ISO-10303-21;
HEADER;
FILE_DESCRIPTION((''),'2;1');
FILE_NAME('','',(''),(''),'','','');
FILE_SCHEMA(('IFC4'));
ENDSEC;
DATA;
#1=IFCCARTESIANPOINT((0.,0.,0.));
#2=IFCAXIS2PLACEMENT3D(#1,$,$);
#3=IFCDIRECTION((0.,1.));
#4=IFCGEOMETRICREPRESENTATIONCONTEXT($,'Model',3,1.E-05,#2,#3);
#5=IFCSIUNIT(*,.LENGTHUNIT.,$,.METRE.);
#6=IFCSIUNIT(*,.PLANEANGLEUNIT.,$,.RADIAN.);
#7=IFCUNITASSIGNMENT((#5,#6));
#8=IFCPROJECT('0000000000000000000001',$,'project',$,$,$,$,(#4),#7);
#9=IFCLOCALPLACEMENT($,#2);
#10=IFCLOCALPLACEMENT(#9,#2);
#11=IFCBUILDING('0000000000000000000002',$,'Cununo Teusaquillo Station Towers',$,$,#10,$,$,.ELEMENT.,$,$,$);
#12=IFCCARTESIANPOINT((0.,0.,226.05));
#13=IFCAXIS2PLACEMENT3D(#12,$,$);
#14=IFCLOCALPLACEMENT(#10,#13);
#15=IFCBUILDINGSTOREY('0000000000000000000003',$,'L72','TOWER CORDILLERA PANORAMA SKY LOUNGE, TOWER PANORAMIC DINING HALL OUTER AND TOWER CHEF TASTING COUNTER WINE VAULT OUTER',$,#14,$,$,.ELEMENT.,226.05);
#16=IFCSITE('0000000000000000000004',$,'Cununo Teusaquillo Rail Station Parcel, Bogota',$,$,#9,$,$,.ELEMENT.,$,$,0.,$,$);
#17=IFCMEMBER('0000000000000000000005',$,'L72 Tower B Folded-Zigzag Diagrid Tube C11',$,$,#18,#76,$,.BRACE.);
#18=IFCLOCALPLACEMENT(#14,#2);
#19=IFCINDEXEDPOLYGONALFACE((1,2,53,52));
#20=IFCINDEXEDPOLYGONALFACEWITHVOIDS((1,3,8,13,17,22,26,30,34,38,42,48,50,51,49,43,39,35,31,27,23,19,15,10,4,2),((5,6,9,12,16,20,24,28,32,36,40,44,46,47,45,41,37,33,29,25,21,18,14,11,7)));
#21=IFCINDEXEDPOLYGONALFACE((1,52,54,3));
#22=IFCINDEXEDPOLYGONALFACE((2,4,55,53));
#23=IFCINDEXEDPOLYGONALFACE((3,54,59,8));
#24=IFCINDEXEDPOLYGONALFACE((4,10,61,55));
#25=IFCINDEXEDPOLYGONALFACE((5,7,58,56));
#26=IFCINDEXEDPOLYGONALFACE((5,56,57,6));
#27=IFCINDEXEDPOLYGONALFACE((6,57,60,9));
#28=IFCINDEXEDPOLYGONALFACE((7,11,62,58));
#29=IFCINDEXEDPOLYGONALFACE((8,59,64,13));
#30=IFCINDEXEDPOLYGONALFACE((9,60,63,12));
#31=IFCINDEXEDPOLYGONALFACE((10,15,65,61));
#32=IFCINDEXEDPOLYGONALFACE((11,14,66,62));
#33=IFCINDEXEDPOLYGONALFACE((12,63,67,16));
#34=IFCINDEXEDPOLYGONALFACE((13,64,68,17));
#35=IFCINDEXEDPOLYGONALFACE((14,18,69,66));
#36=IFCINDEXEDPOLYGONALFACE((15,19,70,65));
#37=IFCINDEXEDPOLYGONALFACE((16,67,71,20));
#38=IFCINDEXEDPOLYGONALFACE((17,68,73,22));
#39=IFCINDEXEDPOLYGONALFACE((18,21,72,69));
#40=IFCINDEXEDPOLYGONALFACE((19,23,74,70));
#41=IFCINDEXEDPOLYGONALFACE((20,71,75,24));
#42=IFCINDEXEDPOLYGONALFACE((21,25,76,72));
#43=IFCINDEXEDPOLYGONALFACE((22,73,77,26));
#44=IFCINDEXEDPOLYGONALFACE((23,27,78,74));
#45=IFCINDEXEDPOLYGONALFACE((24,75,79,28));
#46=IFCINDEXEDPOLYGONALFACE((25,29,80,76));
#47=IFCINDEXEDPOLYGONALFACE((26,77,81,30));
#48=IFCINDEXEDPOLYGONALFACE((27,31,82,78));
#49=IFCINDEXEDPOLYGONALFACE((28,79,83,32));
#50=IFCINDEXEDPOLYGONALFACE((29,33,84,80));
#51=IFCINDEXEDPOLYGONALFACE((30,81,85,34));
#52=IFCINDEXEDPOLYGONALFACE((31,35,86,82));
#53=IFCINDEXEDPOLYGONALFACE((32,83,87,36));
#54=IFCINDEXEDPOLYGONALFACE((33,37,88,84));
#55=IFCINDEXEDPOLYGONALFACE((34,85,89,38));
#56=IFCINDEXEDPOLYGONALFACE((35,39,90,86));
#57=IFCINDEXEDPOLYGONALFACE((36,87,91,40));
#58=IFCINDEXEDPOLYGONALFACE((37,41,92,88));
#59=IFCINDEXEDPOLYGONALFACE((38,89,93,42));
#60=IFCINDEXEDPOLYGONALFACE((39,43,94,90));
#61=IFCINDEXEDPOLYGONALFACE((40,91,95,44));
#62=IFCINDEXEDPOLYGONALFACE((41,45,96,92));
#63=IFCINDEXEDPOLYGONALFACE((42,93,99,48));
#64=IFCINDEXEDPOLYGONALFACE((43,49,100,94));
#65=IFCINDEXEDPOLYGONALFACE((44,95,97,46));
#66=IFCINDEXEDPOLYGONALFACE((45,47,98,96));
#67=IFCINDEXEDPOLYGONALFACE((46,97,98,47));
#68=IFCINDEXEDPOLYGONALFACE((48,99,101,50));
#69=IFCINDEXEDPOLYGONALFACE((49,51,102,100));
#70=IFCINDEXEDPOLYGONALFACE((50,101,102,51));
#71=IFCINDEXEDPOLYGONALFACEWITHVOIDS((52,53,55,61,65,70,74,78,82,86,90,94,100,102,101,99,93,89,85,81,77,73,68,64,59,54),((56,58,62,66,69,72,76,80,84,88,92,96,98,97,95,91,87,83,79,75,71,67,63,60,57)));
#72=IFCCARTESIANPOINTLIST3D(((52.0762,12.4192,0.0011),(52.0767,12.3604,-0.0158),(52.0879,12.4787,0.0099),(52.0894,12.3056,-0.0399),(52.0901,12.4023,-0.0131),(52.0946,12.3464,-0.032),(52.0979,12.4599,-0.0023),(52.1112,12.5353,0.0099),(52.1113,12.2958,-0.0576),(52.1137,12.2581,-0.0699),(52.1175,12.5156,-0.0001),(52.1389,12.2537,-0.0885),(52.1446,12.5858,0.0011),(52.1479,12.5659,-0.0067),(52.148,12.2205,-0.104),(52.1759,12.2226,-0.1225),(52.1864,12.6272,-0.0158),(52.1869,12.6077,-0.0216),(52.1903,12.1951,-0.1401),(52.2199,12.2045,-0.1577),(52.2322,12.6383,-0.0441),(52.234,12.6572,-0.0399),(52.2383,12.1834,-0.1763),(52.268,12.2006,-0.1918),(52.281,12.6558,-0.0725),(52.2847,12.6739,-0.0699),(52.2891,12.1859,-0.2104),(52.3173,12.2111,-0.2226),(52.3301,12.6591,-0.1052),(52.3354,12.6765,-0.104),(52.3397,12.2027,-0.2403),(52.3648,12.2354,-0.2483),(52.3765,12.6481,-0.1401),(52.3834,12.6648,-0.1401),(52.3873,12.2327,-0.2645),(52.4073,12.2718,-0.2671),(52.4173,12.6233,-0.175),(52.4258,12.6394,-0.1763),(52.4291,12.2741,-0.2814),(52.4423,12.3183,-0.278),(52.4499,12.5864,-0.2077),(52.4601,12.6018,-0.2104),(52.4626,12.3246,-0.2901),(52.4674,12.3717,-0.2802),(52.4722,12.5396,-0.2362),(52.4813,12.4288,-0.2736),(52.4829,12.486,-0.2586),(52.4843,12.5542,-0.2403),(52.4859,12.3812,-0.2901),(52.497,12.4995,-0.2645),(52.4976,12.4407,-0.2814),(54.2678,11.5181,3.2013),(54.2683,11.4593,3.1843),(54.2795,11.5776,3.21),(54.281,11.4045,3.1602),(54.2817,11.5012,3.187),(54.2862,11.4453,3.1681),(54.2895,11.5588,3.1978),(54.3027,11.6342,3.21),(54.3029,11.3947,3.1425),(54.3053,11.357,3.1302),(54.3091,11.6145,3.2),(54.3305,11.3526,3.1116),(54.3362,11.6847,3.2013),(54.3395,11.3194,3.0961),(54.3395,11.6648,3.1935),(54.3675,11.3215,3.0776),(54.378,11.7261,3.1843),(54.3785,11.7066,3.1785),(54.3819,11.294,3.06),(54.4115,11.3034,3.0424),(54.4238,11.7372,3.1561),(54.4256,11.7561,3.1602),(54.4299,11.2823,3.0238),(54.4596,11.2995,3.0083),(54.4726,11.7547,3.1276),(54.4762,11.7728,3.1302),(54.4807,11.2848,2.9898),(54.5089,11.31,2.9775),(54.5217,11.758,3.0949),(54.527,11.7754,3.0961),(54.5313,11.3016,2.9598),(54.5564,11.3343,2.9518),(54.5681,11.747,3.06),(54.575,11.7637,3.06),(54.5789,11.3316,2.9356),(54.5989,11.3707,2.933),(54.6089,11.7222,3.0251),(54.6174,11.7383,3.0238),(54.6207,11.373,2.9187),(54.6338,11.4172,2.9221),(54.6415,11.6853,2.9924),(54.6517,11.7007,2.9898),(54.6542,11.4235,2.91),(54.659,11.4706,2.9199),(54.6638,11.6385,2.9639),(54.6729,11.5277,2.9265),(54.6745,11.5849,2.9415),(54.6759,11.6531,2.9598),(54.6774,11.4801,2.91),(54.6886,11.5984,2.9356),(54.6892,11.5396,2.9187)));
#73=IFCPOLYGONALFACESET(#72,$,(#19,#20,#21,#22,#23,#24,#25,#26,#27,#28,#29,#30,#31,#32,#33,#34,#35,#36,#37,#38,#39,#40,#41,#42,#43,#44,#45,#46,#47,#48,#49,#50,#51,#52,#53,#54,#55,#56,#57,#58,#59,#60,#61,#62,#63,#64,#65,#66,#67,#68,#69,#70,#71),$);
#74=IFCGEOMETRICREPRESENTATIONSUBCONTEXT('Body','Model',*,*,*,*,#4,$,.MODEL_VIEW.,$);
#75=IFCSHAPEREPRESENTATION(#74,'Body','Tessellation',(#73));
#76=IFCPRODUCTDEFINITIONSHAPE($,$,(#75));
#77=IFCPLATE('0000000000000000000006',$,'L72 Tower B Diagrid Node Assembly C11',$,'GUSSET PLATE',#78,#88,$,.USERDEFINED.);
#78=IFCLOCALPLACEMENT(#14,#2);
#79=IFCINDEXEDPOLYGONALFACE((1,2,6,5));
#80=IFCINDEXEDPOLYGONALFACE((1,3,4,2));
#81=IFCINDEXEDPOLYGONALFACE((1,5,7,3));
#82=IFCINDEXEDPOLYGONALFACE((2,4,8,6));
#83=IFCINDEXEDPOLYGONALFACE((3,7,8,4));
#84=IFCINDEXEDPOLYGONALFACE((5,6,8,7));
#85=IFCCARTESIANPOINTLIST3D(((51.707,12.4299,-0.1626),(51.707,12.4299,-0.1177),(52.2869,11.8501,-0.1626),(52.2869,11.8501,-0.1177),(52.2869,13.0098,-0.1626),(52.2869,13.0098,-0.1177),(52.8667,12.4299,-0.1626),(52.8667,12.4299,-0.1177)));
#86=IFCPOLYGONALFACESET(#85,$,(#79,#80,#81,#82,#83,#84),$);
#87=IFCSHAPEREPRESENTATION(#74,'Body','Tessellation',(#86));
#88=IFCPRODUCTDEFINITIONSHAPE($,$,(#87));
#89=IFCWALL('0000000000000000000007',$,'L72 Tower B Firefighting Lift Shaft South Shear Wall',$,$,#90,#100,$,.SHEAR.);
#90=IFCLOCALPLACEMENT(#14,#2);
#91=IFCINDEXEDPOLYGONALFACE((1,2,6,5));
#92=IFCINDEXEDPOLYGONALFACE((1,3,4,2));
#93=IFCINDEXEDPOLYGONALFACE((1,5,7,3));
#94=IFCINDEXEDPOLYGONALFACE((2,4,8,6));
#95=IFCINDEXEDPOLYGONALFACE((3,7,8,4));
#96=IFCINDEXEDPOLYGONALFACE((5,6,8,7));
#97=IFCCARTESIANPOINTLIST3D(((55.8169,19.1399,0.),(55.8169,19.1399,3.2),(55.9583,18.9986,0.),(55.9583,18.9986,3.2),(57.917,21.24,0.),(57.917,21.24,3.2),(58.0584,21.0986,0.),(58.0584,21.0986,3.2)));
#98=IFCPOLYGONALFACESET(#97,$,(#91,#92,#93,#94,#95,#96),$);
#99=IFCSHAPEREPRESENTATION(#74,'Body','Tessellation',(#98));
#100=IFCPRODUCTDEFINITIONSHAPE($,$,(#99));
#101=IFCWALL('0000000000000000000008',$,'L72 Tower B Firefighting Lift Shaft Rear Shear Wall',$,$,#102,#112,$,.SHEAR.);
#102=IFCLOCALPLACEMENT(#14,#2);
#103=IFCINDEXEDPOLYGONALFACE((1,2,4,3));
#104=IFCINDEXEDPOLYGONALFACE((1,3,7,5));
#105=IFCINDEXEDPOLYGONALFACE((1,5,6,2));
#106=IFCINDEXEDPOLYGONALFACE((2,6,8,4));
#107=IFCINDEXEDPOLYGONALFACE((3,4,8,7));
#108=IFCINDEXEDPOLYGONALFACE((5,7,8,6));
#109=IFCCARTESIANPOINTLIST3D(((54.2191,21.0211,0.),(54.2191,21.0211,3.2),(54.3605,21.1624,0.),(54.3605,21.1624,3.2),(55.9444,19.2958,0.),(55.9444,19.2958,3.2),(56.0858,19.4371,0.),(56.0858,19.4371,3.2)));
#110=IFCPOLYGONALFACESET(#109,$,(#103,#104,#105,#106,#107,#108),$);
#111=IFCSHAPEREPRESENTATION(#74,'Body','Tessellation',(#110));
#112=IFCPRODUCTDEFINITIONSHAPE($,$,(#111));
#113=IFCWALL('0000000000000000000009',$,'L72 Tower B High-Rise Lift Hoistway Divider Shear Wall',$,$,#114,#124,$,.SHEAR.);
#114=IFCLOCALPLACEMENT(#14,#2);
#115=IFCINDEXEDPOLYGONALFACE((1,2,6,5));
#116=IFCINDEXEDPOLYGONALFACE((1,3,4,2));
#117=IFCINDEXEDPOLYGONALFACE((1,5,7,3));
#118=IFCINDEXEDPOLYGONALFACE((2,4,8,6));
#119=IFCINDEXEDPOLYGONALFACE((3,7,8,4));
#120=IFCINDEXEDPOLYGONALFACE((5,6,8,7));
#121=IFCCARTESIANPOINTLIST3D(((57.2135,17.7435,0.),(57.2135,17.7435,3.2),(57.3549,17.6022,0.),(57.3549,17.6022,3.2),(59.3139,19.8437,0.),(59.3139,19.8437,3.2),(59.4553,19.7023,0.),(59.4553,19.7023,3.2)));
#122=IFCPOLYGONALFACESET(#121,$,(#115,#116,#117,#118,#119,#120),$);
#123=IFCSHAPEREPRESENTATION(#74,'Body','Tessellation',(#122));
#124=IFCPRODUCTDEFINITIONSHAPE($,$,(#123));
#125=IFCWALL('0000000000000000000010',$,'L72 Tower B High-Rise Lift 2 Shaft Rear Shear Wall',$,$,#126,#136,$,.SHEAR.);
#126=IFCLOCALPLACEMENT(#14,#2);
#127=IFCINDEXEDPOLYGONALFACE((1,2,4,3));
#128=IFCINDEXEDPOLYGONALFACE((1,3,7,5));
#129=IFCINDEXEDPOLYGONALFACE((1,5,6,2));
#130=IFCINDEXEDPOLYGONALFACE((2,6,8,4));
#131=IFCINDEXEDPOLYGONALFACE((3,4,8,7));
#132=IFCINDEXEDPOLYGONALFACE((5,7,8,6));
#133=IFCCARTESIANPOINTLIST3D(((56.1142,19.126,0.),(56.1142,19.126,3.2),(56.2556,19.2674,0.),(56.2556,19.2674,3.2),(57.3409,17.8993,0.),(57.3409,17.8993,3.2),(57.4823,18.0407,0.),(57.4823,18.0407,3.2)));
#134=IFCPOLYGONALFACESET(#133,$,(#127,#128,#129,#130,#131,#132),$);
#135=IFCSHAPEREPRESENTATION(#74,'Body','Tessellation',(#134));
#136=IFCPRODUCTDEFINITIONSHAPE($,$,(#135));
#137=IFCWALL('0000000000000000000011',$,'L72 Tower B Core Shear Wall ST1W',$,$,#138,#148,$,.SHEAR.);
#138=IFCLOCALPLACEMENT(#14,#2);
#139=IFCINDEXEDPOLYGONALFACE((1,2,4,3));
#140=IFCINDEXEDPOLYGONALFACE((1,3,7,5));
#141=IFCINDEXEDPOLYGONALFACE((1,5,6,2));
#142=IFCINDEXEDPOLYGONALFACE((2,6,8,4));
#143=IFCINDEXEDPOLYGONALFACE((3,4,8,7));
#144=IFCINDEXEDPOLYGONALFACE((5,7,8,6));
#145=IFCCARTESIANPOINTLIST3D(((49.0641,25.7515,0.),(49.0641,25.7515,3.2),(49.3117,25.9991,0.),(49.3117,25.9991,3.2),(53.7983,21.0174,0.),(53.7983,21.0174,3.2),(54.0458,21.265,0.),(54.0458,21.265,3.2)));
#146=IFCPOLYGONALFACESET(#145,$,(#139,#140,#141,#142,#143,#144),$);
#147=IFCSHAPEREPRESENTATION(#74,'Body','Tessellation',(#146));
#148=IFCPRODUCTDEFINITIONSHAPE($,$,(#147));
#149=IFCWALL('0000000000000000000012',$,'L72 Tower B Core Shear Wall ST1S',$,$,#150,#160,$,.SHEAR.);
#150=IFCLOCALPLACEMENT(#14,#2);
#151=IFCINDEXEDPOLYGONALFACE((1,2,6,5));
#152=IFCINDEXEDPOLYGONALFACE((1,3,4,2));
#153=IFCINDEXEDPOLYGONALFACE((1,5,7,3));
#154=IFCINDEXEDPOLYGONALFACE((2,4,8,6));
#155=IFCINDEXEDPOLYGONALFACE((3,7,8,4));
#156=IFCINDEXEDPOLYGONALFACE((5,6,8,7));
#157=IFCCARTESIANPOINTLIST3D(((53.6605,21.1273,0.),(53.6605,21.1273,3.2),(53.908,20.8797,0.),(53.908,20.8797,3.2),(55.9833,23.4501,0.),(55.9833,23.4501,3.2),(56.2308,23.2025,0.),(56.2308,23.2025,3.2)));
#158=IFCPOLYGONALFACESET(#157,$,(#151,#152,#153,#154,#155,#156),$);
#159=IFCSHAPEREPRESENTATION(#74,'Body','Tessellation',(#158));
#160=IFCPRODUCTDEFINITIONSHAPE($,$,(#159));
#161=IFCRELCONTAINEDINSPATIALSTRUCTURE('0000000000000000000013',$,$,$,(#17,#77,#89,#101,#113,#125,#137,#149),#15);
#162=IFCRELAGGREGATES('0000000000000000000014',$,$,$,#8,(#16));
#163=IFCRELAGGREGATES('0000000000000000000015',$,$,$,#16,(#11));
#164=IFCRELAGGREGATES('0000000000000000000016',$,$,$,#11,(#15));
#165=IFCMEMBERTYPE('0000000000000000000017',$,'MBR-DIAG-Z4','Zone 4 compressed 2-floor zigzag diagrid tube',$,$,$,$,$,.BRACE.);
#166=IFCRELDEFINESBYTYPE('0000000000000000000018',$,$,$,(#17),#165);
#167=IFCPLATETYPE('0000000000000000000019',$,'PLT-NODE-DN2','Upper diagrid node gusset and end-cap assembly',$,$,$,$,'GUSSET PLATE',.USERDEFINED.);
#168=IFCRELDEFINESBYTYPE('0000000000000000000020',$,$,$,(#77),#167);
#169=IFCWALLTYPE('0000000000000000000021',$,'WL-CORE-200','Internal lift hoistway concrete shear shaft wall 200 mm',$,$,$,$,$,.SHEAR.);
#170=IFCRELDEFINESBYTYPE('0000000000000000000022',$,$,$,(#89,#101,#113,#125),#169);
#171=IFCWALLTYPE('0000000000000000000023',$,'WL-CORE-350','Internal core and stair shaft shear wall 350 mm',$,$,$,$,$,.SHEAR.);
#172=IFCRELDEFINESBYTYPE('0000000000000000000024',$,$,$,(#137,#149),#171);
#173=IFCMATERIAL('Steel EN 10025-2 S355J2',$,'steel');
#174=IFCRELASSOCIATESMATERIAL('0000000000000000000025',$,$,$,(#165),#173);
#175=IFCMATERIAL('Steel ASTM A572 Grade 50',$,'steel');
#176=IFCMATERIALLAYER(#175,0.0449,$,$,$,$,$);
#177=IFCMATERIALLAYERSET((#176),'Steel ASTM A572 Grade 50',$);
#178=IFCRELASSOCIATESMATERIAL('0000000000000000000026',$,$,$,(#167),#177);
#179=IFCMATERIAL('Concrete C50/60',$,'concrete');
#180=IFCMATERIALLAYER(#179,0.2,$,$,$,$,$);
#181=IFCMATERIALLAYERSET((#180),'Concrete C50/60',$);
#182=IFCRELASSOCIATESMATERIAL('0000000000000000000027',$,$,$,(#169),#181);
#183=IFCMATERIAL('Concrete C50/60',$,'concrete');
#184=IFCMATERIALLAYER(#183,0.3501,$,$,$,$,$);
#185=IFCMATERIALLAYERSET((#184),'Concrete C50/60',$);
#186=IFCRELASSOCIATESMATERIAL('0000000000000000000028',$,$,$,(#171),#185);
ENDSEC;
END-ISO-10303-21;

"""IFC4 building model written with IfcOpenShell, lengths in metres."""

from ifc_helpers import new_model, si_unit, direction, frame, frame_2d, origin, origin_2d, place, context, subcontext, project, spatial, rectangle, hollow_circle, extrude, source, transform, mapped, material, layer, layer_set, material_profile, profile_set, type_object, element, save


model = new_model("IFC4")

# Units and contexts
model_context = context("Model", 3, precision=1e-05, world=origin(), true_north=direction((0.0, 1.0)))
body_context = subcontext(model_context, "Body", "Model", "MODEL_VIEW")
ifc_project = project(units=[si_unit("LENGTHUNIT", "METRE"), si_unit("PLANEANGLEUNIT", "RADIAN")], contexts=[model_context])

# Site, building, storey
site_placement = place(None, origin())
site = spatial("IfcSite", under=ifc_project, at=site_placement, Name="Cununo Teusaquillo Rail Station Parcel, Bogota", CompositionType="ELEMENT", RefElevation=0.0)
building_placement = place(site_placement, origin())
building = spatial("IfcBuilding", under=site, at=building_placement, Name="Cununo Teusaquillo Station Towers", CompositionType="ELEMENT")
storey_placement = place(building_placement, frame((0.0, 0.0, 226.05)))
storey = spatial("IfcBuildingStorey", under=building, at=storey_placement, Name="L72", Description="TOWER CORDILLERA PANORAMA SKY LOUNGE, TOWER PANORAMIC DINING HALL OUTER AND TOWER CHEF TASTING COUNTER WINE VAULT OUTER", CompositionType="ELEMENT", Elevation=226.05)

# Member
ifc_material_1 = material(Name="Steel EN 10025-2 S355J2", Category="steel")
ifc_material_profile_1 = material_profile(ifc_material_1, hollow_circle(Radius=0.2539, WallThickness=0.0181, at=origin_2d()), Name="CHS 508x18")
ifc_profile_set_1 = profile_set([ifc_material_profile_1], Name="Steel EN 10025-2 S355J2")
member_type = type_object("IfcMemberType", Name="MBR-DIAG-Z4", Description="Zone 4 compressed 2-floor zigzag diagrid tube", PredefinedType="BRACE", material=ifc_profile_set_1)
member_placement = place(storey_placement, frame((52.2869, 12.4299, -0.1401), z_axis=(0.550384, -0.226297, 0.803658), x_axis=(0.380273, 0.924874, 0.0)))
element("IfcMember", 1, at=member_placement, inside=storey, type_object=member_type, Name="L72 Tower B Folded-Zigzag Diagrid Tube C11", PredefinedType="BRACE", context=body_context, shape_type="SweptSolid", body=[
    extrude(hollow_circle(Radius=0.2539, WallThickness=0.0181, at=origin_2d()), origin(), (0.0, 0.0, 1.0), 3.9819),
])

# Plate
ifc_material_2 = material(Name="Steel ASTM A572 Grade 50", Category="steel")
ifc_layer_1 = layer(ifc_material_2, 0.0449)
ifc_layer_set_1 = layer_set([ifc_layer_1], Name="Steel ASTM A572 Grade 50")
plate_type = type_object("IfcPlateType", Name="PLT-NODE-DN2", Description="Upper diagrid node gusset and end-cap assembly", ElementType="GUSSET PLATE", PredefinedType="USERDEFINED", material=ifc_layer_set_1)
shared_shape_1 = source(origin(), body_context, "Body", "SweptSolid", [
    extrude(rectangle(XDim=0.8201, YDim=0.8201, at=origin_2d()), origin(), (0.0, 0.0, 1.0), 0.0449),
])
plate_placement = place(storey_placement, frame((52.2869, 12.4299, -0.1626), z_axis=(0.0, 0.0, 1.0), x_axis=(0.707107, 0.707107, 0.0)))
element("IfcPlate", 2, at=plate_placement, inside=storey, type_object=plate_type, Name="L72 Tower B Diagrid Node Assembly C11", ObjectType="GUSSET PLATE", PredefinedType="USERDEFINED", context=body_context, shape_type="MappedRepresentation", body=[
    mapped(shared_shape_1, transform((0.0, 0.0, 0.0), x_axis=(1.0, 0.0, 0.0), y_axis=(0.0, 1.0, 0.0), z_axis=(0.0, 0.0, 1.0), scale=1.0)),
])

# Walls
ifc_material_3 = material(Name="Concrete C50/60", Category="concrete")
ifc_layer_2 = layer(ifc_material_3, 0.2)
ifc_layer_set_2 = layer_set([ifc_layer_2], Name="Concrete C50/60")
wall_type_1 = type_object("IfcWallType", Name="WL-CORE-200", Description="Internal lift hoistway concrete shear shaft wall 200 mm", PredefinedType="SHEAR", material=ifc_layer_set_2)
wall_1_placement = place(storey_placement, frame((55.8877, 19.0693, 0.0), z_axis=(0.0, 0.0, 1.0), x_axis=(0.707107, 0.707107, 0.0)))
element("IfcWall", 3, at=wall_1_placement, inside=storey, type_object=wall_type_1, Name="L72 Tower B Firefighting Lift Shaft South Shear Wall", PredefinedType="SHEAR", context=body_context, shape_type="SweptSolid", body=[
    extrude(rectangle(XDim=2.97, YDim=0.2, at=frame_2d((1.4849, 0.0))), origin(), (0.0, 0.0, 1.0), 3.2),
])
wall_2_placement = place(storey_placement, frame((56.0151, 19.3665, 0.0), z_axis=(0.0, 0.0, 1.0), x_axis=(-0.707107, 0.707107, 0.0)))
element("IfcWall", 4, at=wall_2_placement, inside=storey, type_object=wall_type_1, Name="L72 Tower B Firefighting Lift Shaft Rear Shear Wall", PredefinedType="SHEAR", context=body_context, shape_type="SweptSolid", body=[
    extrude(rectangle(XDim=2.4399, YDim=0.2, at=frame_2d((1.22, 0.0))), origin(), (0.0, 0.0, 1.0), 3.2),
])
wall_3_placement = place(storey_placement, frame((57.2842, 17.6729, 0.0), z_axis=(0.0, 0.0, 1.0), x_axis=(0.707148, 0.707066, 0.0)))
element("IfcWall", 5, at=wall_3_placement, inside=storey, type_object=wall_type_1, Name="L72 Tower B High-Rise Lift Hoistway Divider Shear Wall", PredefinedType="SHEAR", context=body_context, shape_type="SweptSolid", body=[
    extrude(rectangle(XDim=2.9702, YDim=0.2, at=frame_2d((1.4851, 0.0))), origin(), (0.0, 0.0, 1.0), 3.2),
])
wall_4_placement = place(storey_placement, frame((57.4116, 17.97, 0.0), z_axis=(0.0, 0.0, 1.0), x_axis=(-0.707107, 0.707107, 0.0)))
element("IfcWall", 6, at=wall_4_placement, inside=storey, type_object=wall_type_1, Name="L72 Tower B High-Rise Lift 2 Shaft Rear Shear Wall", PredefinedType="SHEAR", context=body_context, shape_type="SweptSolid", body=[
    extrude(rectangle(XDim=1.7349, YDim=0.2, at=frame_2d((0.8674, 0.0))), origin(), (0.0, 0.0, 1.0), 3.2),
])
ifc_material_4 = material(Name="Concrete C50/60", Category="concrete")
ifc_layer_3 = layer(ifc_material_4, 0.3501)
ifc_layer_set_3 = layer_set([ifc_layer_3], Name="Concrete C50/60")
wall_type_2 = type_object("IfcWallType", Name="WL-CORE-350", Description="Internal core and stair shaft shear wall 350 mm", PredefinedType="SHEAR", material=ifc_layer_set_3)
wall_5_placement = place(storey_placement, frame((53.9221, 21.1411, 0.0), z_axis=(0.0, 0.0, 1.0), x_axis=(-0.707107, 0.707107, 0.0)))
element("IfcWall", 7, at=wall_5_placement, inside=storey, type_object=wall_type_2, Name="L72 Tower B Core Shear Wall ST1W", PredefinedType="SHEAR", context=body_context, shape_type="SweptSolid", body=[
    extrude(rectangle(XDim=6.6951, YDim=0.3501, at=frame_2d((3.3477, 0.0))), origin(), (0.0, 0.0, 1.0), 3.2),
])
wall_6_placement = place(storey_placement, frame((53.7842, 21.0034, 0.0), z_axis=(0.0, 0.0, 1.0), x_axis=(0.707107, 0.707107, 0.0)))
element("IfcWall", 8, at=wall_6_placement, inside=storey, type_object=wall_type_2, Name="L72 Tower B Core Shear Wall ST1S", PredefinedType="SHEAR", context=body_context, shape_type="SweptSolid", body=[
    extrude(rectangle(XDim=3.2849, YDim=0.3501, at=frame_2d((1.6426, 0.0))), origin(), (0.0, 0.0, 1.0), 3.2),
])

save(model, "model.ifc")
